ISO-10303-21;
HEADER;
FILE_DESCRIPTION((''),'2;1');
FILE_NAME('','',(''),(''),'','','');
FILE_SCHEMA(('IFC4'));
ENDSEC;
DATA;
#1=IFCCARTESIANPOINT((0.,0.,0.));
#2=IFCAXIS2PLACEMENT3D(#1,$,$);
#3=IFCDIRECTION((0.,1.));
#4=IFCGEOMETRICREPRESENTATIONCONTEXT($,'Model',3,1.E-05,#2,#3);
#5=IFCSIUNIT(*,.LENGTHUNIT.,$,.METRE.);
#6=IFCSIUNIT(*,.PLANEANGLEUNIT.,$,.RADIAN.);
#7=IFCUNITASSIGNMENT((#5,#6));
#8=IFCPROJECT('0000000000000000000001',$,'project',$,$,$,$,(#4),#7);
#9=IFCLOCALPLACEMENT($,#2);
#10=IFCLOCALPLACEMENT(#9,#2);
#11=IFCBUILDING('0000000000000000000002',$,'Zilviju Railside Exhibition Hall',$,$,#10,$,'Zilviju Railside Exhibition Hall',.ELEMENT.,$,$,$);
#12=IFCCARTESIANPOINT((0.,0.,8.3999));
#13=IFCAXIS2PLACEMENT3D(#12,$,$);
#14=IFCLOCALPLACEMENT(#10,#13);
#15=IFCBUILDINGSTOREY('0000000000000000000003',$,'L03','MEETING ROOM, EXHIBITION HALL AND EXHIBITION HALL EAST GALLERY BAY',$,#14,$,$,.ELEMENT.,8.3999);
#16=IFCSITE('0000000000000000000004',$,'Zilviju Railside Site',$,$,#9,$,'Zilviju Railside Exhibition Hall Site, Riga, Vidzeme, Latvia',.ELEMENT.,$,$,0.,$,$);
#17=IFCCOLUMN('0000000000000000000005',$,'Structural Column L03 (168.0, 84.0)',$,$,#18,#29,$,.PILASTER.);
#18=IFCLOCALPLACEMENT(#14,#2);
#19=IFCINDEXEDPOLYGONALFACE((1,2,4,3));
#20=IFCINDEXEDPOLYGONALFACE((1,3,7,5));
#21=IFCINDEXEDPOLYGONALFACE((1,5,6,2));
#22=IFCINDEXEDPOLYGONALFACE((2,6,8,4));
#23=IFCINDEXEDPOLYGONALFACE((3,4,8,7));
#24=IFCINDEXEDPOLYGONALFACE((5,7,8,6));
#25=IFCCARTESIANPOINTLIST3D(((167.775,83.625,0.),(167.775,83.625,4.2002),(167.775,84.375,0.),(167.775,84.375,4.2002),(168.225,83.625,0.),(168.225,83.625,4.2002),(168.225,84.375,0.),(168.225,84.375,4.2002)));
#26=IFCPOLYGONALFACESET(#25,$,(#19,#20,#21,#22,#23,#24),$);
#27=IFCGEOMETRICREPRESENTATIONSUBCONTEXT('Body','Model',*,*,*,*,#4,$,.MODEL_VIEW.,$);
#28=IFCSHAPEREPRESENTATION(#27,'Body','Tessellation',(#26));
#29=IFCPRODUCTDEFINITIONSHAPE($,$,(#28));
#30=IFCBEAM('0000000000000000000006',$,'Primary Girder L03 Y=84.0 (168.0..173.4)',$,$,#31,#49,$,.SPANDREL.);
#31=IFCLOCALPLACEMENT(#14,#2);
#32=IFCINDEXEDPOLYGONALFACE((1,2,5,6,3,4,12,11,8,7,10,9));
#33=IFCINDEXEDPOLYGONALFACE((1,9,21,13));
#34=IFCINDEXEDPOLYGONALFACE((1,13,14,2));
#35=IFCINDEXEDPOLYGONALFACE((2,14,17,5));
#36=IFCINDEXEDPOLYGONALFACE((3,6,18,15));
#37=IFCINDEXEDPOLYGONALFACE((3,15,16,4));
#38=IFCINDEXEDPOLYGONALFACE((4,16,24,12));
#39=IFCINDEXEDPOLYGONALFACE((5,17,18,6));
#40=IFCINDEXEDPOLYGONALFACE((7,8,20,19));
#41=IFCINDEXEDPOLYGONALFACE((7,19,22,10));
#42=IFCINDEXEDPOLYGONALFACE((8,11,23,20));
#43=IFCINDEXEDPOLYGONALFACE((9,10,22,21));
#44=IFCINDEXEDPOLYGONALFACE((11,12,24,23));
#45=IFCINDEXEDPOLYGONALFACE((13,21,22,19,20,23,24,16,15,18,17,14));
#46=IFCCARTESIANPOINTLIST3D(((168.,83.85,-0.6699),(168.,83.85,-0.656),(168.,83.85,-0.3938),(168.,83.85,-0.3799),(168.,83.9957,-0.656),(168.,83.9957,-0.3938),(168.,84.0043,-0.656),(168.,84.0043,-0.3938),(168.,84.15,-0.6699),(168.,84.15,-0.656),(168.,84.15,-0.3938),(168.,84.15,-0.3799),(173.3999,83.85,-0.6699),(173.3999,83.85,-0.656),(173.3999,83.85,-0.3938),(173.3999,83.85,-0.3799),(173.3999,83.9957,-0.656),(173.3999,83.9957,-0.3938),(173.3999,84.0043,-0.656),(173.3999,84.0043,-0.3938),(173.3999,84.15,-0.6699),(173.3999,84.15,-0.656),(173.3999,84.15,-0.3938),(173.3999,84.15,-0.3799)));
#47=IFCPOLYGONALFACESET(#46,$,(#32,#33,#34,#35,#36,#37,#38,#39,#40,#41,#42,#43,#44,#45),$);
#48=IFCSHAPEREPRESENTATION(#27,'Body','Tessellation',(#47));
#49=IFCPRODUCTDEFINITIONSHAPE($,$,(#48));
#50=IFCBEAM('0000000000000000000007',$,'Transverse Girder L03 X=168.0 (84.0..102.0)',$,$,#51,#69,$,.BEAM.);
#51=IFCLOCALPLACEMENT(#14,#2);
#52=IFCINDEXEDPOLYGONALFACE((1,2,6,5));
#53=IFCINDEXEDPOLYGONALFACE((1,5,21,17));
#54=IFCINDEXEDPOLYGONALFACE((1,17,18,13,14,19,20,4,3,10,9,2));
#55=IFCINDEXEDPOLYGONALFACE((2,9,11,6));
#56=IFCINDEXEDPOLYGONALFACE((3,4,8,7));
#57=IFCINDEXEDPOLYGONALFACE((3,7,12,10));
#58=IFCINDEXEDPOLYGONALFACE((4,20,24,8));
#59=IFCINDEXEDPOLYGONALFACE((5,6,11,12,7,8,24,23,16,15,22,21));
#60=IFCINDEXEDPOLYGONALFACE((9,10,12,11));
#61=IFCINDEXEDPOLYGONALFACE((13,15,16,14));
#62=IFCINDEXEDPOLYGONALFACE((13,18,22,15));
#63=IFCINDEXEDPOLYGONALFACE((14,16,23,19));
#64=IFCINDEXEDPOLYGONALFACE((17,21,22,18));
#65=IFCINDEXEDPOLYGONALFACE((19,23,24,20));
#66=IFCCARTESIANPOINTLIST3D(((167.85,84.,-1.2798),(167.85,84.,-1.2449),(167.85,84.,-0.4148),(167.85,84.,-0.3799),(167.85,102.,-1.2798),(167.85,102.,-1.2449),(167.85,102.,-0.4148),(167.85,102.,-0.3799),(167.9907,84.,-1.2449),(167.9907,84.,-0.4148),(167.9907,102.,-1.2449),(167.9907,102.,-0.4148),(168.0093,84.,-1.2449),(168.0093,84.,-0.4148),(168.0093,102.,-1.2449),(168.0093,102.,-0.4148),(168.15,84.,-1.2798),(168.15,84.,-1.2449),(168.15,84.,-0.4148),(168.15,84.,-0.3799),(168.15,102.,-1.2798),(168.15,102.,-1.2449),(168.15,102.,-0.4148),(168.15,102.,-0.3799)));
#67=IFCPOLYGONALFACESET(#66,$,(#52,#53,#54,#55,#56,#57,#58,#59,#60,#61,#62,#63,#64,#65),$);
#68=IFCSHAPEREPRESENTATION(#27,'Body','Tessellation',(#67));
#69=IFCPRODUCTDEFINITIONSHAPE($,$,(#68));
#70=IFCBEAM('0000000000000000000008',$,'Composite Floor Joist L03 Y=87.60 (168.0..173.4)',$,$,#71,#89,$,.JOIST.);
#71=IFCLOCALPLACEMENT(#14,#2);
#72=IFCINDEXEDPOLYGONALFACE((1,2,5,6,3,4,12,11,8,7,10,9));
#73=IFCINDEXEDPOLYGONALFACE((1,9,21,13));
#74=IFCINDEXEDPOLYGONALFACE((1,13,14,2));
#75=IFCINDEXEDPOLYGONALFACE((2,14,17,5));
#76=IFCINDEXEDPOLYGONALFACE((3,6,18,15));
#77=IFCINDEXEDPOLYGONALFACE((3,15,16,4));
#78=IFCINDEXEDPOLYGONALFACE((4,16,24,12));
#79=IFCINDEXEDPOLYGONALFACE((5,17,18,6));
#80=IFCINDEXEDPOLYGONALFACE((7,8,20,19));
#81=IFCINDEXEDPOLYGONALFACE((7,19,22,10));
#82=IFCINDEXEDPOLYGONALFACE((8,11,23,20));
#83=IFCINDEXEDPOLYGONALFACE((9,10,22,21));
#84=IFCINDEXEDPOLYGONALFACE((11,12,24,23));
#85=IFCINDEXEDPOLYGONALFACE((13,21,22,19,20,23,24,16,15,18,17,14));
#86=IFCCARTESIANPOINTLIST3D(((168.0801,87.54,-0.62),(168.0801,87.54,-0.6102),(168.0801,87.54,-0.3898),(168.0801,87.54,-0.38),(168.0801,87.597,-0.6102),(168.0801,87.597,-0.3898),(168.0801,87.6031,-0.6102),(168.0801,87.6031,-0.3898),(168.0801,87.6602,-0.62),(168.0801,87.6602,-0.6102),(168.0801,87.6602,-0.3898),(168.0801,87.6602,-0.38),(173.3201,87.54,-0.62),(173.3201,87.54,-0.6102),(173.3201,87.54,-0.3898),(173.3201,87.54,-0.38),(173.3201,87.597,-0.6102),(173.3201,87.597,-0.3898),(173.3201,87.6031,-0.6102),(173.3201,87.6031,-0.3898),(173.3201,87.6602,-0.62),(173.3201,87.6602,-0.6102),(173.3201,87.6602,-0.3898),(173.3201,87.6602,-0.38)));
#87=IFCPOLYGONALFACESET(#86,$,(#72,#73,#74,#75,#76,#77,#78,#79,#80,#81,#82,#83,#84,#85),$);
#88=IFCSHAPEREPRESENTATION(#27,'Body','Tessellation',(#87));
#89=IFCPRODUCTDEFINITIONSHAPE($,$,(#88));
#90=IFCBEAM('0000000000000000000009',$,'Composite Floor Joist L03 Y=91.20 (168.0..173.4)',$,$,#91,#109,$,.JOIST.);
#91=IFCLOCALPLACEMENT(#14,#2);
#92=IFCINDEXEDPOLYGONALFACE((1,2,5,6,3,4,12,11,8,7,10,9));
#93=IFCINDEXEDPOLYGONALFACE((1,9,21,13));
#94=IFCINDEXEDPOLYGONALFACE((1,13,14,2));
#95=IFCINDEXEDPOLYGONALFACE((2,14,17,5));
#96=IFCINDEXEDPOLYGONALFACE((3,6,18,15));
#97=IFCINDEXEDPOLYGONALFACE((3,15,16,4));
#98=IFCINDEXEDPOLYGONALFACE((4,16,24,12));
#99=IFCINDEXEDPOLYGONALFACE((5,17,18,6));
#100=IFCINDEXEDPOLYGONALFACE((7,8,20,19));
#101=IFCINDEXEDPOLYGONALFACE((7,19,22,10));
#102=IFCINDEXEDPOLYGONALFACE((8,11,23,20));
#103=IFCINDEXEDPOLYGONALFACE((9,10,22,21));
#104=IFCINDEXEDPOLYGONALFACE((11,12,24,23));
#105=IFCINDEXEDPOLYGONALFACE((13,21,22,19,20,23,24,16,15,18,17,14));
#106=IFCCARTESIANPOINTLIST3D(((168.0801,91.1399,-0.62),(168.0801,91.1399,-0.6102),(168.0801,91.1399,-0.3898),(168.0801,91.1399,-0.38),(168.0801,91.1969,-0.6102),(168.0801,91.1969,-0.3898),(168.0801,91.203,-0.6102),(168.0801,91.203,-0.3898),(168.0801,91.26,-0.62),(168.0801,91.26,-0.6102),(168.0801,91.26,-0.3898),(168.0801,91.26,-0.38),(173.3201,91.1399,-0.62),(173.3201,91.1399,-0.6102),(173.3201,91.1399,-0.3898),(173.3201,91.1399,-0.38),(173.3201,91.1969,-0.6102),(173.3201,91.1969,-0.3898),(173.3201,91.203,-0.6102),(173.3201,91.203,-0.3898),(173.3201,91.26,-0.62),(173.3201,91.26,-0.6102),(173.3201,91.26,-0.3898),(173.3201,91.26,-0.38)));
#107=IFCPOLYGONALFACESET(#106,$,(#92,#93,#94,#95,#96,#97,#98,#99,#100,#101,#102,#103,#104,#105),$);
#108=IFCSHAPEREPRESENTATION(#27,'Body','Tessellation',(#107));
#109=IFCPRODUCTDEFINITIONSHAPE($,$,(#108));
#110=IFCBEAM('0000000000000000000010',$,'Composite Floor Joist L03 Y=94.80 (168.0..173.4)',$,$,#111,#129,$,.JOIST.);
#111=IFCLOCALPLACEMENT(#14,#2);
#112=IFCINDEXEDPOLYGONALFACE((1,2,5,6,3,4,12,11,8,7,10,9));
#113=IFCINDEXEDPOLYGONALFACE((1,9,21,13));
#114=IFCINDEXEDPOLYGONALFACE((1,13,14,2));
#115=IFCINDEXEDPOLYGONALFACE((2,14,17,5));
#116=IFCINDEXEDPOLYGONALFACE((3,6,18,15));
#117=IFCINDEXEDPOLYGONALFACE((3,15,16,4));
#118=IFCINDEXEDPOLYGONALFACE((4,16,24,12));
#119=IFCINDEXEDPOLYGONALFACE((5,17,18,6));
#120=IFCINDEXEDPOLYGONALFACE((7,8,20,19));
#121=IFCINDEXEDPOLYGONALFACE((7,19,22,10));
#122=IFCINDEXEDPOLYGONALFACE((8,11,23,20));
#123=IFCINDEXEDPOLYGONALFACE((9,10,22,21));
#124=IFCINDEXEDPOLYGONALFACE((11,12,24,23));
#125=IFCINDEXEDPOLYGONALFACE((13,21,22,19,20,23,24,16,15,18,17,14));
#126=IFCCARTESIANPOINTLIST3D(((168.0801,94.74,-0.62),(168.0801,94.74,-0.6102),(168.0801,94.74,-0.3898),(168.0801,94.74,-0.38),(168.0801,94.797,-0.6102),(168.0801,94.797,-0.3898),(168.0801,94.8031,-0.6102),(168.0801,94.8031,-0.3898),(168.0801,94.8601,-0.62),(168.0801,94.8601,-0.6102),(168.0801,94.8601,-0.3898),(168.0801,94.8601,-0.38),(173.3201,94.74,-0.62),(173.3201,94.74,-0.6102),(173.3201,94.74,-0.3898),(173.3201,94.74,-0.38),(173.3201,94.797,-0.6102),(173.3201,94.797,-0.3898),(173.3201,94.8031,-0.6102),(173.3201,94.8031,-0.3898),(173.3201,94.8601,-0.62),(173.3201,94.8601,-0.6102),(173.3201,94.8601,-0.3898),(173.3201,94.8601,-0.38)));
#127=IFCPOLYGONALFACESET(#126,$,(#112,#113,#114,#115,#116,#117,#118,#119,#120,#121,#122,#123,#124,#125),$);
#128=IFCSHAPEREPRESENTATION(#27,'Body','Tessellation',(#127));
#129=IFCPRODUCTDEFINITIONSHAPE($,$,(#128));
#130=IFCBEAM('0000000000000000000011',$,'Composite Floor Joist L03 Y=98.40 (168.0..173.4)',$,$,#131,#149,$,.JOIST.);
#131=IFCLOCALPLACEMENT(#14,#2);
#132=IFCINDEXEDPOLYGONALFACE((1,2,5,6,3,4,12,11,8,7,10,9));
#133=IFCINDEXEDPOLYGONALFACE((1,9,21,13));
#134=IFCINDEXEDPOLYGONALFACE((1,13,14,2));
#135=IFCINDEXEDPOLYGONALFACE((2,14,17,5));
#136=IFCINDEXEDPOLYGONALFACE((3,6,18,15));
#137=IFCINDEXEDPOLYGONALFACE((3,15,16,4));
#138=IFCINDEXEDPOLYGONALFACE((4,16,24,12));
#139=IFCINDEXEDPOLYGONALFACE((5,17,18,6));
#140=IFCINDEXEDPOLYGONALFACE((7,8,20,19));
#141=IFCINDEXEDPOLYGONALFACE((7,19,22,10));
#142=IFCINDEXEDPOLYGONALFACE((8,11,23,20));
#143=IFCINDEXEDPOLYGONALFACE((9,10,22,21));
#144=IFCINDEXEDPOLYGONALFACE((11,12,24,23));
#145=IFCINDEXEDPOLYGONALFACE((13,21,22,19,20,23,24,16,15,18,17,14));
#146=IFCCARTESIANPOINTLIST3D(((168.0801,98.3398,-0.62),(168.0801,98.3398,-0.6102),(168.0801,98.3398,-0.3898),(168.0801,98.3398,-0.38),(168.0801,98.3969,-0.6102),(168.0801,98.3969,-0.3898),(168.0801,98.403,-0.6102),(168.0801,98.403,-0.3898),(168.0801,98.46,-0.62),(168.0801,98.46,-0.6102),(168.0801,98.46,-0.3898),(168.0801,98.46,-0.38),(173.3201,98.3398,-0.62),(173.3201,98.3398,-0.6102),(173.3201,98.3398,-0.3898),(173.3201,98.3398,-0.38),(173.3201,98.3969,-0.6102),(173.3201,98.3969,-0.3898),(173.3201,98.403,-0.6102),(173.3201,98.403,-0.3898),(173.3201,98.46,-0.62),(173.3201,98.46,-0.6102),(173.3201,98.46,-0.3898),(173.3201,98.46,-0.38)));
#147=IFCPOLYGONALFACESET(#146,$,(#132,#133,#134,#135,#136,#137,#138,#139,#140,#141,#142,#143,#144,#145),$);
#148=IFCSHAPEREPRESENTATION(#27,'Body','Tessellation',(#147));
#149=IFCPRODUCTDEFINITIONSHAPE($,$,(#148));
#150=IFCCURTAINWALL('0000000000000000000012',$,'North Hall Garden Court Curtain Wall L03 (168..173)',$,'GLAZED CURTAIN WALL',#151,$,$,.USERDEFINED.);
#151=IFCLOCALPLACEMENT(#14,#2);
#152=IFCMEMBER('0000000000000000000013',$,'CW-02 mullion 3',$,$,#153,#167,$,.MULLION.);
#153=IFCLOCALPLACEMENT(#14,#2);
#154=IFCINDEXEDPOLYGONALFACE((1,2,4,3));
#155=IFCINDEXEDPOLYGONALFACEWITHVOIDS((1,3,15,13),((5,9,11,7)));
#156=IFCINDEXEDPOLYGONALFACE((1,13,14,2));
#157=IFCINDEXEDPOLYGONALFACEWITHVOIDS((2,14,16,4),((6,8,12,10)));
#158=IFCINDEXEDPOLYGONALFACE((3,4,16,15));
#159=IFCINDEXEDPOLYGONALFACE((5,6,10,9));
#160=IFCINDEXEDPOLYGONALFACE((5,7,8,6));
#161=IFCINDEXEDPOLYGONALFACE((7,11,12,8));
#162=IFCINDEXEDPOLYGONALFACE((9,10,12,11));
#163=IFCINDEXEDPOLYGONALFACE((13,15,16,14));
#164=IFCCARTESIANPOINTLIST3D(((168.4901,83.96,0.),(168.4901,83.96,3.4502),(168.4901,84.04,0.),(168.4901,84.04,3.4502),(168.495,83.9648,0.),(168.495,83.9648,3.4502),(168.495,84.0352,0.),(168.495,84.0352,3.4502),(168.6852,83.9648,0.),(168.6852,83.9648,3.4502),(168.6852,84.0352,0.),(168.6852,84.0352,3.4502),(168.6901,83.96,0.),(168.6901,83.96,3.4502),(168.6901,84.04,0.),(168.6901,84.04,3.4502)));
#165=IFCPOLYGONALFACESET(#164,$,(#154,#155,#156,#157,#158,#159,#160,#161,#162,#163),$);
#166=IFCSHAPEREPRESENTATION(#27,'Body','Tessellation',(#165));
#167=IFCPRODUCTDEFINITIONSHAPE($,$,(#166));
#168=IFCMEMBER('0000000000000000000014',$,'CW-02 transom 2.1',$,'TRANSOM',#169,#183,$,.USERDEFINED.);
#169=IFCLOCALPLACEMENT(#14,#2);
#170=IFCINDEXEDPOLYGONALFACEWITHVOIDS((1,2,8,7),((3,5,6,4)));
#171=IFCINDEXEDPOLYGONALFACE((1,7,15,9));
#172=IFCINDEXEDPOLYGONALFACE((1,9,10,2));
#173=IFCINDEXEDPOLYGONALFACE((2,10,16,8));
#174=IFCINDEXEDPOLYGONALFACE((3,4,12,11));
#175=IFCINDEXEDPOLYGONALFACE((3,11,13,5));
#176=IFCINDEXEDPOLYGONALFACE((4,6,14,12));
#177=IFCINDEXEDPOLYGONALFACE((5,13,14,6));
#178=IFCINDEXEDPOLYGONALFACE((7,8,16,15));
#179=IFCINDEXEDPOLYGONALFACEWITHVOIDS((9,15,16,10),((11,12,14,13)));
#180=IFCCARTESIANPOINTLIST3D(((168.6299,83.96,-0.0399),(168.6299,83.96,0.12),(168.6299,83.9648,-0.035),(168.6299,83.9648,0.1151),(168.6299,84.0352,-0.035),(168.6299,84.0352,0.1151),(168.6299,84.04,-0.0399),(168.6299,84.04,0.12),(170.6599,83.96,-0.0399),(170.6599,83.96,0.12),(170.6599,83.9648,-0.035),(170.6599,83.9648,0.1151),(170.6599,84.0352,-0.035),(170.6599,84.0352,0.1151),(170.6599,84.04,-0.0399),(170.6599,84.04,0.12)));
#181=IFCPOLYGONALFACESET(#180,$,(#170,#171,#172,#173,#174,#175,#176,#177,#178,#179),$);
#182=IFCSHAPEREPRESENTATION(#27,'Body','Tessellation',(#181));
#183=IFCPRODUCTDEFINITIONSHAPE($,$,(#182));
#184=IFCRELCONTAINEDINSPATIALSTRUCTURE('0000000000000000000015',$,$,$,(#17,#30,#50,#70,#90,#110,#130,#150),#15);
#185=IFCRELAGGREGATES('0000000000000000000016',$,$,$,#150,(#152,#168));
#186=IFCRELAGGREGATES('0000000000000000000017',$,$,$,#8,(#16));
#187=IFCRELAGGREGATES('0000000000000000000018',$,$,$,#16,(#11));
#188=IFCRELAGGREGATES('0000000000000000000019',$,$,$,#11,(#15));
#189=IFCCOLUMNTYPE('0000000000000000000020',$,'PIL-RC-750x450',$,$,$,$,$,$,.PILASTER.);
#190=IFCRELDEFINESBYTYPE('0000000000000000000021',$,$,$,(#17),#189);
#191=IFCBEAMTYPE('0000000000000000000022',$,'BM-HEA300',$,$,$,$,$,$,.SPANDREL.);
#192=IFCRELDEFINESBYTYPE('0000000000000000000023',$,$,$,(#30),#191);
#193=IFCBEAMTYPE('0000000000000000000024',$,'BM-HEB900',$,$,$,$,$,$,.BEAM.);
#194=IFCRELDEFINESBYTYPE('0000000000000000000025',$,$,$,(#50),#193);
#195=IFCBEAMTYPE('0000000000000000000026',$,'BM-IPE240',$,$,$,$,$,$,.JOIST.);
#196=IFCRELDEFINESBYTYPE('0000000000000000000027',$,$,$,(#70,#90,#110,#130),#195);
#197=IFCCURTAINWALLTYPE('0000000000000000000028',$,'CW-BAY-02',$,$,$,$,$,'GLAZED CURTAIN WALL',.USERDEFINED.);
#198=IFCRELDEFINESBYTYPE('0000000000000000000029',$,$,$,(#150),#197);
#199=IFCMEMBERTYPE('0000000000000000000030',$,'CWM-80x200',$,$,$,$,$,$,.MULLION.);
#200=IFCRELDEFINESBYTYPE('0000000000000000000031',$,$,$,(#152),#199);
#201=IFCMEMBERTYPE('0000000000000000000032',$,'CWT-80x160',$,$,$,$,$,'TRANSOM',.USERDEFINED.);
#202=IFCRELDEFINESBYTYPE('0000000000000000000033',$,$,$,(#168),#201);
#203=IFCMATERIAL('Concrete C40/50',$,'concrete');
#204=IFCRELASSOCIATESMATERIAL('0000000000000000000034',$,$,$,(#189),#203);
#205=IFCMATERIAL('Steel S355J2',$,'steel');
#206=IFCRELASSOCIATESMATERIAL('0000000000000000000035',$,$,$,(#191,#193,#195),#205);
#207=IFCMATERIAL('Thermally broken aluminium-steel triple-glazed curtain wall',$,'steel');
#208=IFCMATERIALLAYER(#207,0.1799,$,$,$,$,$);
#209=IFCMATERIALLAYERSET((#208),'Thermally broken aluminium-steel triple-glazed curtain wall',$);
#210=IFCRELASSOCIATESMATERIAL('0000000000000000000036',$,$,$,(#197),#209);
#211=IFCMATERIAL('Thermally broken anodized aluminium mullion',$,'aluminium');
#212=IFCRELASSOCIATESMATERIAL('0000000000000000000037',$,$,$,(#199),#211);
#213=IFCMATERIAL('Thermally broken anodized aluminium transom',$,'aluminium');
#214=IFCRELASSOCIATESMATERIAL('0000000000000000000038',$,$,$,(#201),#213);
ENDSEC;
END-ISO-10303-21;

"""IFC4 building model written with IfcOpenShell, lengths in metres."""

from ifc_helpers import new_model, si_unit, direction, frame, origin, origin_2d, place, context, subcontext, project, spatial, rectangle, hollow_rectangle, i_section, extrude, material, layer, layer_set, material_profile, profile_set, type_object, element, aggregate, save


model = new_model("IFC4")

# Units and contexts
model_context = context("Model", 3, precision=1e-05, world=origin(), true_north=direction((0.0, 1.0)))
body_context = subcontext(model_context, "Body", "Model", "MODEL_VIEW")
ifc_project = project(units=[si_unit("LENGTHUNIT", "METRE"), si_unit("PLANEANGLEUNIT", "RADIAN")], contexts=[model_context])

# Site, building, storey
site_placement = place(None, origin())
site = spatial("IfcSite", under=ifc_project, at=site_placement, Name="Zilviju Railside Site", LongName="Zilviju Railside Exhibition Hall Site, Riga, Vidzeme, Latvia", CompositionType="ELEMENT", RefElevation=0.0)
building_placement = place(site_placement, origin())
building = spatial("IfcBuilding", under=site, at=building_placement, Name="Zilviju Railside Exhibition Hall", LongName="Zilviju Railside Exhibition Hall", CompositionType="ELEMENT")
storey_placement = place(building_placement, frame((0.0, 0.0, 8.3999)))
storey = spatial("IfcBuildingStorey", under=building, at=storey_placement, Name="L03", Description="MEETING ROOM, EXHIBITION HALL AND EXHIBITION HALL EAST GALLERY BAY", CompositionType="ELEMENT", Elevation=8.3999)

# Column
ifc_material_1 = material(Name="Concrete C40/50", Category="concrete")
ifc_material_profile_1 = material_profile(ifc_material_1, rectangle(XDim=0.45, YDim=0.75, at=origin_2d()), Name="RC COL 450x750")
ifc_profile_set_1 = profile_set([ifc_material_profile_1], Name="Concrete C40/50")
column_type = type_object("IfcColumnType", Name="PIL-RC-750x450", PredefinedType="PILASTER", material=ifc_profile_set_1)
column_placement = place(storey_placement, frame((168.0, 84.0, 0.0), z_axis=(0.0, 0.0, 1.0), x_axis=(1.0, 0.0, 0.0)))
element("IfcColumn", 1, at=column_placement, inside=storey, type_object=column_type, Name="Structural Column L03 (168.0, 84.0)", PredefinedType="PILASTER", context=body_context, shape_type="SweptSolid", body=[
    extrude(rectangle(XDim=0.45, YDim=0.75, at=origin_2d()), origin(), (0.0, 0.0, 1.0), 4.2002),
])

# Beams
ifc_material_2 = material(Name="Steel S355J2", Category="steel")
ifc_material_profile_2 = material_profile(ifc_material_2, i_section(OverallWidth=0.3, OverallDepth=0.29, WebThickness=0.0085, FlangeThickness=0.0139, at=origin_2d()), Name="HEA 300")
ifc_profile_set_2 = profile_set([ifc_material_profile_2], Name="Steel S355J2")
beam_type_1 = type_object("IfcBeamType", Name="BM-HEA300", PredefinedType="SPANDREL", material=ifc_profile_set_2)
beam_1_placement = place(storey_placement, frame((168.0, 84.0, -0.5249), z_axis=(1.0, 0.0, 0.0), x_axis=(0.0, 1.0, 0.0)))
element("IfcBeam", 2, at=beam_1_placement, inside=storey, type_object=beam_type_1, Name="Primary Girder L03 Y=84.0 (168.0..173.4)", PredefinedType="SPANDREL", context=body_context, shape_type="SweptSolid", body=[
    extrude(i_section(OverallWidth=0.3, OverallDepth=0.29, WebThickness=0.0085, FlangeThickness=0.0139, at=origin_2d()), origin(), (0.0, 0.0, 1.0), 5.3999),
])
ifc_material_profile_3 = material_profile(ifc_material_2, i_section(OverallWidth=0.3, OverallDepth=0.8999, WebThickness=0.0186, FlangeThickness=0.0349, at=origin_2d()), Name="HEB 900")
ifc_profile_set_3 = profile_set([ifc_material_profile_3], Name="Steel S355J2")
beam_type_2 = type_object("IfcBeamType", Name="BM-HEB900", PredefinedType="BEAM", material=ifc_profile_set_3)
beam_2_placement = place(storey_placement, frame((168.0, 84.0, -0.8298), z_axis=(0.0, 1.0, 0.0), x_axis=(-1.0, 0.0, 0.0)))
element("IfcBeam", 3, at=beam_2_placement, inside=storey, type_object=beam_type_2, Name="Transverse Girder L03 X=168.0 (84.0..102.0)", PredefinedType="BEAM", context=body_context, shape_type="SweptSolid", body=[
    extrude(i_section(OverallWidth=0.3, OverallDepth=0.8999, WebThickness=0.0186, FlangeThickness=0.0349, at=origin_2d()), origin(), (0.0, 0.0, 1.0), 18.0),
])
ifc_material_profile_4 = material_profile(ifc_material_2, i_section(OverallWidth=0.1201, OverallDepth=0.24, WebThickness=0.0061, FlangeThickness=0.0098, at=origin_2d()), Name="IPE 240")
ifc_profile_set_4 = profile_set([ifc_material_profile_4], Name="Steel S355J2")
beam_type_3 = type_object("IfcBeamType", Name="BM-IPE240", PredefinedType="JOIST", material=ifc_profile_set_4)
for number, where, z_axis, x_axis, name in (
    (4, (168.0801, 87.6001, -0.5), (1.0, 0.0, 0.0), (0.0, 1.0, 0.0), "Composite Floor Joist L03 Y=87.60 (168.0..173.4)"),
    (5, (168.0801, 91.2, -0.5), (1.0, 0.0, 0.0), (0.0, 1.0, 0.0), "Composite Floor Joist L03 Y=91.20 (168.0..173.4)"),
    (6, (168.0801, 94.8, -0.5), (1.0, 0.0, 0.0), (0.0, 1.0, 0.0), "Composite Floor Joist L03 Y=94.80 (168.0..173.4)"),
    (7, (168.0801, 98.3999, -0.5), (1.0, 0.0, 0.0), (0.0, 1.0, 0.0), "Composite Floor Joist L03 Y=98.40 (168.0..173.4)"),
):
    element("IfcBeam", number, at=place(storey_placement, frame(where, z_axis=z_axis, x_axis=x_axis)), inside=storey, type_object=beam_type_3, Name=name, PredefinedType="JOIST", context=body_context, shape_type="SweptSolid", body=[
        extrude(i_section(OverallWidth=0.1201, OverallDepth=0.24, WebThickness=0.0061, FlangeThickness=0.0098, at=origin_2d()), origin(), (0.0, 0.0, 1.0), 5.24),
    ])

# Curtain wall, members
ifc_material_3 = material(Name="Thermally broken aluminium-steel triple-glazed curtain wall", Category="steel")
ifc_layer_1 = layer(ifc_material_3, 0.1799)
ifc_layer_set_1 = layer_set([ifc_layer_1], Name="Thermally broken aluminium-steel triple-glazed curtain wall")
curtain_wall_type = type_object("IfcCurtainWallType", Name="CW-BAY-02", ElementType="GLAZED CURTAIN WALL", PredefinedType="USERDEFINED", material=ifc_layer_set_1)
curtain_wall_placement = place(storey_placement, origin())
curtain_wall = element("IfcCurtainWall", 8, at=curtain_wall_placement, inside=storey, type_object=curtain_wall_type, Name="North Hall Garden Court Curtain Wall L03 (168..173)", ObjectType="GLAZED CURTAIN WALL", PredefinedType="USERDEFINED")
ifc_material_4 = material(Name="Thermally broken anodized aluminium mullion", Category="aluminium")
ifc_material_profile_5 = material_profile(ifc_material_4, hollow_rectangle(XDim=0.0801, YDim=0.2, WallThickness=0.0049, at=origin_2d()), Name="MULLION 200x80x5")
ifc_profile_set_5 = profile_set([ifc_material_profile_5], Name="Thermally broken anodized aluminium mullion")
member_type_1 = type_object("IfcMemberType", Name="CWM-80x200", PredefinedType="MULLION", material=ifc_profile_set_5)
member_1_placement = place(storey_placement, frame((168.5901, 84.0, 0.0), z_axis=(0.0, 0.0, 1.0), x_axis=(0.0, -1.0, 0.0)))
member_1 = element("IfcMember", 9, at=member_1_placement, type_object=member_type_1, Name="CW-02 mullion 3", PredefinedType="MULLION", context=body_context, shape_type="SweptSolid", body=[
    extrude(hollow_rectangle(XDim=0.0801, YDim=0.2, WallThickness=0.0049, at=origin_2d()), origin(), (0.0, 0.0, 1.0), 3.4502),
])
ifc_material_5 = material(Name="Thermally broken anodized aluminium transom", Category="aluminium")
ifc_material_profile_6 = material_profile(ifc_material_5, hollow_rectangle(XDim=0.0801, YDim=0.1599, WallThickness=0.0049, at=origin_2d()), Name="TRANSOM 160x80x5")
ifc_profile_set_6 = profile_set([ifc_material_profile_6], Name="Thermally broken anodized aluminium transom")
member_type_2 = type_object("IfcMemberType", Name="CWT-80x160", ElementType="TRANSOM", PredefinedType="USERDEFINED", material=ifc_profile_set_6)
member_2_placement = place(storey_placement, frame((170.6599, 84.0, 0.04), z_axis=(-1.0, 0.0, 0.0), x_axis=(0.0, -1.0, 0.0)))
member_2 = element("IfcMember", 10, at=member_2_placement, type_object=member_type_2, Name="CW-02 transom 2.1", ObjectType="TRANSOM", PredefinedType="USERDEFINED", context=body_context, shape_type="SweptSolid", body=[
    extrude(hollow_rectangle(XDim=0.0801, YDim=0.1599, WallThickness=0.0049, at=origin_2d()), origin(), (0.0, 0.0, 1.0), 2.03),
])
aggregate(curtain_wall, [member_1, member_2])

save(model, "model.ifc")
